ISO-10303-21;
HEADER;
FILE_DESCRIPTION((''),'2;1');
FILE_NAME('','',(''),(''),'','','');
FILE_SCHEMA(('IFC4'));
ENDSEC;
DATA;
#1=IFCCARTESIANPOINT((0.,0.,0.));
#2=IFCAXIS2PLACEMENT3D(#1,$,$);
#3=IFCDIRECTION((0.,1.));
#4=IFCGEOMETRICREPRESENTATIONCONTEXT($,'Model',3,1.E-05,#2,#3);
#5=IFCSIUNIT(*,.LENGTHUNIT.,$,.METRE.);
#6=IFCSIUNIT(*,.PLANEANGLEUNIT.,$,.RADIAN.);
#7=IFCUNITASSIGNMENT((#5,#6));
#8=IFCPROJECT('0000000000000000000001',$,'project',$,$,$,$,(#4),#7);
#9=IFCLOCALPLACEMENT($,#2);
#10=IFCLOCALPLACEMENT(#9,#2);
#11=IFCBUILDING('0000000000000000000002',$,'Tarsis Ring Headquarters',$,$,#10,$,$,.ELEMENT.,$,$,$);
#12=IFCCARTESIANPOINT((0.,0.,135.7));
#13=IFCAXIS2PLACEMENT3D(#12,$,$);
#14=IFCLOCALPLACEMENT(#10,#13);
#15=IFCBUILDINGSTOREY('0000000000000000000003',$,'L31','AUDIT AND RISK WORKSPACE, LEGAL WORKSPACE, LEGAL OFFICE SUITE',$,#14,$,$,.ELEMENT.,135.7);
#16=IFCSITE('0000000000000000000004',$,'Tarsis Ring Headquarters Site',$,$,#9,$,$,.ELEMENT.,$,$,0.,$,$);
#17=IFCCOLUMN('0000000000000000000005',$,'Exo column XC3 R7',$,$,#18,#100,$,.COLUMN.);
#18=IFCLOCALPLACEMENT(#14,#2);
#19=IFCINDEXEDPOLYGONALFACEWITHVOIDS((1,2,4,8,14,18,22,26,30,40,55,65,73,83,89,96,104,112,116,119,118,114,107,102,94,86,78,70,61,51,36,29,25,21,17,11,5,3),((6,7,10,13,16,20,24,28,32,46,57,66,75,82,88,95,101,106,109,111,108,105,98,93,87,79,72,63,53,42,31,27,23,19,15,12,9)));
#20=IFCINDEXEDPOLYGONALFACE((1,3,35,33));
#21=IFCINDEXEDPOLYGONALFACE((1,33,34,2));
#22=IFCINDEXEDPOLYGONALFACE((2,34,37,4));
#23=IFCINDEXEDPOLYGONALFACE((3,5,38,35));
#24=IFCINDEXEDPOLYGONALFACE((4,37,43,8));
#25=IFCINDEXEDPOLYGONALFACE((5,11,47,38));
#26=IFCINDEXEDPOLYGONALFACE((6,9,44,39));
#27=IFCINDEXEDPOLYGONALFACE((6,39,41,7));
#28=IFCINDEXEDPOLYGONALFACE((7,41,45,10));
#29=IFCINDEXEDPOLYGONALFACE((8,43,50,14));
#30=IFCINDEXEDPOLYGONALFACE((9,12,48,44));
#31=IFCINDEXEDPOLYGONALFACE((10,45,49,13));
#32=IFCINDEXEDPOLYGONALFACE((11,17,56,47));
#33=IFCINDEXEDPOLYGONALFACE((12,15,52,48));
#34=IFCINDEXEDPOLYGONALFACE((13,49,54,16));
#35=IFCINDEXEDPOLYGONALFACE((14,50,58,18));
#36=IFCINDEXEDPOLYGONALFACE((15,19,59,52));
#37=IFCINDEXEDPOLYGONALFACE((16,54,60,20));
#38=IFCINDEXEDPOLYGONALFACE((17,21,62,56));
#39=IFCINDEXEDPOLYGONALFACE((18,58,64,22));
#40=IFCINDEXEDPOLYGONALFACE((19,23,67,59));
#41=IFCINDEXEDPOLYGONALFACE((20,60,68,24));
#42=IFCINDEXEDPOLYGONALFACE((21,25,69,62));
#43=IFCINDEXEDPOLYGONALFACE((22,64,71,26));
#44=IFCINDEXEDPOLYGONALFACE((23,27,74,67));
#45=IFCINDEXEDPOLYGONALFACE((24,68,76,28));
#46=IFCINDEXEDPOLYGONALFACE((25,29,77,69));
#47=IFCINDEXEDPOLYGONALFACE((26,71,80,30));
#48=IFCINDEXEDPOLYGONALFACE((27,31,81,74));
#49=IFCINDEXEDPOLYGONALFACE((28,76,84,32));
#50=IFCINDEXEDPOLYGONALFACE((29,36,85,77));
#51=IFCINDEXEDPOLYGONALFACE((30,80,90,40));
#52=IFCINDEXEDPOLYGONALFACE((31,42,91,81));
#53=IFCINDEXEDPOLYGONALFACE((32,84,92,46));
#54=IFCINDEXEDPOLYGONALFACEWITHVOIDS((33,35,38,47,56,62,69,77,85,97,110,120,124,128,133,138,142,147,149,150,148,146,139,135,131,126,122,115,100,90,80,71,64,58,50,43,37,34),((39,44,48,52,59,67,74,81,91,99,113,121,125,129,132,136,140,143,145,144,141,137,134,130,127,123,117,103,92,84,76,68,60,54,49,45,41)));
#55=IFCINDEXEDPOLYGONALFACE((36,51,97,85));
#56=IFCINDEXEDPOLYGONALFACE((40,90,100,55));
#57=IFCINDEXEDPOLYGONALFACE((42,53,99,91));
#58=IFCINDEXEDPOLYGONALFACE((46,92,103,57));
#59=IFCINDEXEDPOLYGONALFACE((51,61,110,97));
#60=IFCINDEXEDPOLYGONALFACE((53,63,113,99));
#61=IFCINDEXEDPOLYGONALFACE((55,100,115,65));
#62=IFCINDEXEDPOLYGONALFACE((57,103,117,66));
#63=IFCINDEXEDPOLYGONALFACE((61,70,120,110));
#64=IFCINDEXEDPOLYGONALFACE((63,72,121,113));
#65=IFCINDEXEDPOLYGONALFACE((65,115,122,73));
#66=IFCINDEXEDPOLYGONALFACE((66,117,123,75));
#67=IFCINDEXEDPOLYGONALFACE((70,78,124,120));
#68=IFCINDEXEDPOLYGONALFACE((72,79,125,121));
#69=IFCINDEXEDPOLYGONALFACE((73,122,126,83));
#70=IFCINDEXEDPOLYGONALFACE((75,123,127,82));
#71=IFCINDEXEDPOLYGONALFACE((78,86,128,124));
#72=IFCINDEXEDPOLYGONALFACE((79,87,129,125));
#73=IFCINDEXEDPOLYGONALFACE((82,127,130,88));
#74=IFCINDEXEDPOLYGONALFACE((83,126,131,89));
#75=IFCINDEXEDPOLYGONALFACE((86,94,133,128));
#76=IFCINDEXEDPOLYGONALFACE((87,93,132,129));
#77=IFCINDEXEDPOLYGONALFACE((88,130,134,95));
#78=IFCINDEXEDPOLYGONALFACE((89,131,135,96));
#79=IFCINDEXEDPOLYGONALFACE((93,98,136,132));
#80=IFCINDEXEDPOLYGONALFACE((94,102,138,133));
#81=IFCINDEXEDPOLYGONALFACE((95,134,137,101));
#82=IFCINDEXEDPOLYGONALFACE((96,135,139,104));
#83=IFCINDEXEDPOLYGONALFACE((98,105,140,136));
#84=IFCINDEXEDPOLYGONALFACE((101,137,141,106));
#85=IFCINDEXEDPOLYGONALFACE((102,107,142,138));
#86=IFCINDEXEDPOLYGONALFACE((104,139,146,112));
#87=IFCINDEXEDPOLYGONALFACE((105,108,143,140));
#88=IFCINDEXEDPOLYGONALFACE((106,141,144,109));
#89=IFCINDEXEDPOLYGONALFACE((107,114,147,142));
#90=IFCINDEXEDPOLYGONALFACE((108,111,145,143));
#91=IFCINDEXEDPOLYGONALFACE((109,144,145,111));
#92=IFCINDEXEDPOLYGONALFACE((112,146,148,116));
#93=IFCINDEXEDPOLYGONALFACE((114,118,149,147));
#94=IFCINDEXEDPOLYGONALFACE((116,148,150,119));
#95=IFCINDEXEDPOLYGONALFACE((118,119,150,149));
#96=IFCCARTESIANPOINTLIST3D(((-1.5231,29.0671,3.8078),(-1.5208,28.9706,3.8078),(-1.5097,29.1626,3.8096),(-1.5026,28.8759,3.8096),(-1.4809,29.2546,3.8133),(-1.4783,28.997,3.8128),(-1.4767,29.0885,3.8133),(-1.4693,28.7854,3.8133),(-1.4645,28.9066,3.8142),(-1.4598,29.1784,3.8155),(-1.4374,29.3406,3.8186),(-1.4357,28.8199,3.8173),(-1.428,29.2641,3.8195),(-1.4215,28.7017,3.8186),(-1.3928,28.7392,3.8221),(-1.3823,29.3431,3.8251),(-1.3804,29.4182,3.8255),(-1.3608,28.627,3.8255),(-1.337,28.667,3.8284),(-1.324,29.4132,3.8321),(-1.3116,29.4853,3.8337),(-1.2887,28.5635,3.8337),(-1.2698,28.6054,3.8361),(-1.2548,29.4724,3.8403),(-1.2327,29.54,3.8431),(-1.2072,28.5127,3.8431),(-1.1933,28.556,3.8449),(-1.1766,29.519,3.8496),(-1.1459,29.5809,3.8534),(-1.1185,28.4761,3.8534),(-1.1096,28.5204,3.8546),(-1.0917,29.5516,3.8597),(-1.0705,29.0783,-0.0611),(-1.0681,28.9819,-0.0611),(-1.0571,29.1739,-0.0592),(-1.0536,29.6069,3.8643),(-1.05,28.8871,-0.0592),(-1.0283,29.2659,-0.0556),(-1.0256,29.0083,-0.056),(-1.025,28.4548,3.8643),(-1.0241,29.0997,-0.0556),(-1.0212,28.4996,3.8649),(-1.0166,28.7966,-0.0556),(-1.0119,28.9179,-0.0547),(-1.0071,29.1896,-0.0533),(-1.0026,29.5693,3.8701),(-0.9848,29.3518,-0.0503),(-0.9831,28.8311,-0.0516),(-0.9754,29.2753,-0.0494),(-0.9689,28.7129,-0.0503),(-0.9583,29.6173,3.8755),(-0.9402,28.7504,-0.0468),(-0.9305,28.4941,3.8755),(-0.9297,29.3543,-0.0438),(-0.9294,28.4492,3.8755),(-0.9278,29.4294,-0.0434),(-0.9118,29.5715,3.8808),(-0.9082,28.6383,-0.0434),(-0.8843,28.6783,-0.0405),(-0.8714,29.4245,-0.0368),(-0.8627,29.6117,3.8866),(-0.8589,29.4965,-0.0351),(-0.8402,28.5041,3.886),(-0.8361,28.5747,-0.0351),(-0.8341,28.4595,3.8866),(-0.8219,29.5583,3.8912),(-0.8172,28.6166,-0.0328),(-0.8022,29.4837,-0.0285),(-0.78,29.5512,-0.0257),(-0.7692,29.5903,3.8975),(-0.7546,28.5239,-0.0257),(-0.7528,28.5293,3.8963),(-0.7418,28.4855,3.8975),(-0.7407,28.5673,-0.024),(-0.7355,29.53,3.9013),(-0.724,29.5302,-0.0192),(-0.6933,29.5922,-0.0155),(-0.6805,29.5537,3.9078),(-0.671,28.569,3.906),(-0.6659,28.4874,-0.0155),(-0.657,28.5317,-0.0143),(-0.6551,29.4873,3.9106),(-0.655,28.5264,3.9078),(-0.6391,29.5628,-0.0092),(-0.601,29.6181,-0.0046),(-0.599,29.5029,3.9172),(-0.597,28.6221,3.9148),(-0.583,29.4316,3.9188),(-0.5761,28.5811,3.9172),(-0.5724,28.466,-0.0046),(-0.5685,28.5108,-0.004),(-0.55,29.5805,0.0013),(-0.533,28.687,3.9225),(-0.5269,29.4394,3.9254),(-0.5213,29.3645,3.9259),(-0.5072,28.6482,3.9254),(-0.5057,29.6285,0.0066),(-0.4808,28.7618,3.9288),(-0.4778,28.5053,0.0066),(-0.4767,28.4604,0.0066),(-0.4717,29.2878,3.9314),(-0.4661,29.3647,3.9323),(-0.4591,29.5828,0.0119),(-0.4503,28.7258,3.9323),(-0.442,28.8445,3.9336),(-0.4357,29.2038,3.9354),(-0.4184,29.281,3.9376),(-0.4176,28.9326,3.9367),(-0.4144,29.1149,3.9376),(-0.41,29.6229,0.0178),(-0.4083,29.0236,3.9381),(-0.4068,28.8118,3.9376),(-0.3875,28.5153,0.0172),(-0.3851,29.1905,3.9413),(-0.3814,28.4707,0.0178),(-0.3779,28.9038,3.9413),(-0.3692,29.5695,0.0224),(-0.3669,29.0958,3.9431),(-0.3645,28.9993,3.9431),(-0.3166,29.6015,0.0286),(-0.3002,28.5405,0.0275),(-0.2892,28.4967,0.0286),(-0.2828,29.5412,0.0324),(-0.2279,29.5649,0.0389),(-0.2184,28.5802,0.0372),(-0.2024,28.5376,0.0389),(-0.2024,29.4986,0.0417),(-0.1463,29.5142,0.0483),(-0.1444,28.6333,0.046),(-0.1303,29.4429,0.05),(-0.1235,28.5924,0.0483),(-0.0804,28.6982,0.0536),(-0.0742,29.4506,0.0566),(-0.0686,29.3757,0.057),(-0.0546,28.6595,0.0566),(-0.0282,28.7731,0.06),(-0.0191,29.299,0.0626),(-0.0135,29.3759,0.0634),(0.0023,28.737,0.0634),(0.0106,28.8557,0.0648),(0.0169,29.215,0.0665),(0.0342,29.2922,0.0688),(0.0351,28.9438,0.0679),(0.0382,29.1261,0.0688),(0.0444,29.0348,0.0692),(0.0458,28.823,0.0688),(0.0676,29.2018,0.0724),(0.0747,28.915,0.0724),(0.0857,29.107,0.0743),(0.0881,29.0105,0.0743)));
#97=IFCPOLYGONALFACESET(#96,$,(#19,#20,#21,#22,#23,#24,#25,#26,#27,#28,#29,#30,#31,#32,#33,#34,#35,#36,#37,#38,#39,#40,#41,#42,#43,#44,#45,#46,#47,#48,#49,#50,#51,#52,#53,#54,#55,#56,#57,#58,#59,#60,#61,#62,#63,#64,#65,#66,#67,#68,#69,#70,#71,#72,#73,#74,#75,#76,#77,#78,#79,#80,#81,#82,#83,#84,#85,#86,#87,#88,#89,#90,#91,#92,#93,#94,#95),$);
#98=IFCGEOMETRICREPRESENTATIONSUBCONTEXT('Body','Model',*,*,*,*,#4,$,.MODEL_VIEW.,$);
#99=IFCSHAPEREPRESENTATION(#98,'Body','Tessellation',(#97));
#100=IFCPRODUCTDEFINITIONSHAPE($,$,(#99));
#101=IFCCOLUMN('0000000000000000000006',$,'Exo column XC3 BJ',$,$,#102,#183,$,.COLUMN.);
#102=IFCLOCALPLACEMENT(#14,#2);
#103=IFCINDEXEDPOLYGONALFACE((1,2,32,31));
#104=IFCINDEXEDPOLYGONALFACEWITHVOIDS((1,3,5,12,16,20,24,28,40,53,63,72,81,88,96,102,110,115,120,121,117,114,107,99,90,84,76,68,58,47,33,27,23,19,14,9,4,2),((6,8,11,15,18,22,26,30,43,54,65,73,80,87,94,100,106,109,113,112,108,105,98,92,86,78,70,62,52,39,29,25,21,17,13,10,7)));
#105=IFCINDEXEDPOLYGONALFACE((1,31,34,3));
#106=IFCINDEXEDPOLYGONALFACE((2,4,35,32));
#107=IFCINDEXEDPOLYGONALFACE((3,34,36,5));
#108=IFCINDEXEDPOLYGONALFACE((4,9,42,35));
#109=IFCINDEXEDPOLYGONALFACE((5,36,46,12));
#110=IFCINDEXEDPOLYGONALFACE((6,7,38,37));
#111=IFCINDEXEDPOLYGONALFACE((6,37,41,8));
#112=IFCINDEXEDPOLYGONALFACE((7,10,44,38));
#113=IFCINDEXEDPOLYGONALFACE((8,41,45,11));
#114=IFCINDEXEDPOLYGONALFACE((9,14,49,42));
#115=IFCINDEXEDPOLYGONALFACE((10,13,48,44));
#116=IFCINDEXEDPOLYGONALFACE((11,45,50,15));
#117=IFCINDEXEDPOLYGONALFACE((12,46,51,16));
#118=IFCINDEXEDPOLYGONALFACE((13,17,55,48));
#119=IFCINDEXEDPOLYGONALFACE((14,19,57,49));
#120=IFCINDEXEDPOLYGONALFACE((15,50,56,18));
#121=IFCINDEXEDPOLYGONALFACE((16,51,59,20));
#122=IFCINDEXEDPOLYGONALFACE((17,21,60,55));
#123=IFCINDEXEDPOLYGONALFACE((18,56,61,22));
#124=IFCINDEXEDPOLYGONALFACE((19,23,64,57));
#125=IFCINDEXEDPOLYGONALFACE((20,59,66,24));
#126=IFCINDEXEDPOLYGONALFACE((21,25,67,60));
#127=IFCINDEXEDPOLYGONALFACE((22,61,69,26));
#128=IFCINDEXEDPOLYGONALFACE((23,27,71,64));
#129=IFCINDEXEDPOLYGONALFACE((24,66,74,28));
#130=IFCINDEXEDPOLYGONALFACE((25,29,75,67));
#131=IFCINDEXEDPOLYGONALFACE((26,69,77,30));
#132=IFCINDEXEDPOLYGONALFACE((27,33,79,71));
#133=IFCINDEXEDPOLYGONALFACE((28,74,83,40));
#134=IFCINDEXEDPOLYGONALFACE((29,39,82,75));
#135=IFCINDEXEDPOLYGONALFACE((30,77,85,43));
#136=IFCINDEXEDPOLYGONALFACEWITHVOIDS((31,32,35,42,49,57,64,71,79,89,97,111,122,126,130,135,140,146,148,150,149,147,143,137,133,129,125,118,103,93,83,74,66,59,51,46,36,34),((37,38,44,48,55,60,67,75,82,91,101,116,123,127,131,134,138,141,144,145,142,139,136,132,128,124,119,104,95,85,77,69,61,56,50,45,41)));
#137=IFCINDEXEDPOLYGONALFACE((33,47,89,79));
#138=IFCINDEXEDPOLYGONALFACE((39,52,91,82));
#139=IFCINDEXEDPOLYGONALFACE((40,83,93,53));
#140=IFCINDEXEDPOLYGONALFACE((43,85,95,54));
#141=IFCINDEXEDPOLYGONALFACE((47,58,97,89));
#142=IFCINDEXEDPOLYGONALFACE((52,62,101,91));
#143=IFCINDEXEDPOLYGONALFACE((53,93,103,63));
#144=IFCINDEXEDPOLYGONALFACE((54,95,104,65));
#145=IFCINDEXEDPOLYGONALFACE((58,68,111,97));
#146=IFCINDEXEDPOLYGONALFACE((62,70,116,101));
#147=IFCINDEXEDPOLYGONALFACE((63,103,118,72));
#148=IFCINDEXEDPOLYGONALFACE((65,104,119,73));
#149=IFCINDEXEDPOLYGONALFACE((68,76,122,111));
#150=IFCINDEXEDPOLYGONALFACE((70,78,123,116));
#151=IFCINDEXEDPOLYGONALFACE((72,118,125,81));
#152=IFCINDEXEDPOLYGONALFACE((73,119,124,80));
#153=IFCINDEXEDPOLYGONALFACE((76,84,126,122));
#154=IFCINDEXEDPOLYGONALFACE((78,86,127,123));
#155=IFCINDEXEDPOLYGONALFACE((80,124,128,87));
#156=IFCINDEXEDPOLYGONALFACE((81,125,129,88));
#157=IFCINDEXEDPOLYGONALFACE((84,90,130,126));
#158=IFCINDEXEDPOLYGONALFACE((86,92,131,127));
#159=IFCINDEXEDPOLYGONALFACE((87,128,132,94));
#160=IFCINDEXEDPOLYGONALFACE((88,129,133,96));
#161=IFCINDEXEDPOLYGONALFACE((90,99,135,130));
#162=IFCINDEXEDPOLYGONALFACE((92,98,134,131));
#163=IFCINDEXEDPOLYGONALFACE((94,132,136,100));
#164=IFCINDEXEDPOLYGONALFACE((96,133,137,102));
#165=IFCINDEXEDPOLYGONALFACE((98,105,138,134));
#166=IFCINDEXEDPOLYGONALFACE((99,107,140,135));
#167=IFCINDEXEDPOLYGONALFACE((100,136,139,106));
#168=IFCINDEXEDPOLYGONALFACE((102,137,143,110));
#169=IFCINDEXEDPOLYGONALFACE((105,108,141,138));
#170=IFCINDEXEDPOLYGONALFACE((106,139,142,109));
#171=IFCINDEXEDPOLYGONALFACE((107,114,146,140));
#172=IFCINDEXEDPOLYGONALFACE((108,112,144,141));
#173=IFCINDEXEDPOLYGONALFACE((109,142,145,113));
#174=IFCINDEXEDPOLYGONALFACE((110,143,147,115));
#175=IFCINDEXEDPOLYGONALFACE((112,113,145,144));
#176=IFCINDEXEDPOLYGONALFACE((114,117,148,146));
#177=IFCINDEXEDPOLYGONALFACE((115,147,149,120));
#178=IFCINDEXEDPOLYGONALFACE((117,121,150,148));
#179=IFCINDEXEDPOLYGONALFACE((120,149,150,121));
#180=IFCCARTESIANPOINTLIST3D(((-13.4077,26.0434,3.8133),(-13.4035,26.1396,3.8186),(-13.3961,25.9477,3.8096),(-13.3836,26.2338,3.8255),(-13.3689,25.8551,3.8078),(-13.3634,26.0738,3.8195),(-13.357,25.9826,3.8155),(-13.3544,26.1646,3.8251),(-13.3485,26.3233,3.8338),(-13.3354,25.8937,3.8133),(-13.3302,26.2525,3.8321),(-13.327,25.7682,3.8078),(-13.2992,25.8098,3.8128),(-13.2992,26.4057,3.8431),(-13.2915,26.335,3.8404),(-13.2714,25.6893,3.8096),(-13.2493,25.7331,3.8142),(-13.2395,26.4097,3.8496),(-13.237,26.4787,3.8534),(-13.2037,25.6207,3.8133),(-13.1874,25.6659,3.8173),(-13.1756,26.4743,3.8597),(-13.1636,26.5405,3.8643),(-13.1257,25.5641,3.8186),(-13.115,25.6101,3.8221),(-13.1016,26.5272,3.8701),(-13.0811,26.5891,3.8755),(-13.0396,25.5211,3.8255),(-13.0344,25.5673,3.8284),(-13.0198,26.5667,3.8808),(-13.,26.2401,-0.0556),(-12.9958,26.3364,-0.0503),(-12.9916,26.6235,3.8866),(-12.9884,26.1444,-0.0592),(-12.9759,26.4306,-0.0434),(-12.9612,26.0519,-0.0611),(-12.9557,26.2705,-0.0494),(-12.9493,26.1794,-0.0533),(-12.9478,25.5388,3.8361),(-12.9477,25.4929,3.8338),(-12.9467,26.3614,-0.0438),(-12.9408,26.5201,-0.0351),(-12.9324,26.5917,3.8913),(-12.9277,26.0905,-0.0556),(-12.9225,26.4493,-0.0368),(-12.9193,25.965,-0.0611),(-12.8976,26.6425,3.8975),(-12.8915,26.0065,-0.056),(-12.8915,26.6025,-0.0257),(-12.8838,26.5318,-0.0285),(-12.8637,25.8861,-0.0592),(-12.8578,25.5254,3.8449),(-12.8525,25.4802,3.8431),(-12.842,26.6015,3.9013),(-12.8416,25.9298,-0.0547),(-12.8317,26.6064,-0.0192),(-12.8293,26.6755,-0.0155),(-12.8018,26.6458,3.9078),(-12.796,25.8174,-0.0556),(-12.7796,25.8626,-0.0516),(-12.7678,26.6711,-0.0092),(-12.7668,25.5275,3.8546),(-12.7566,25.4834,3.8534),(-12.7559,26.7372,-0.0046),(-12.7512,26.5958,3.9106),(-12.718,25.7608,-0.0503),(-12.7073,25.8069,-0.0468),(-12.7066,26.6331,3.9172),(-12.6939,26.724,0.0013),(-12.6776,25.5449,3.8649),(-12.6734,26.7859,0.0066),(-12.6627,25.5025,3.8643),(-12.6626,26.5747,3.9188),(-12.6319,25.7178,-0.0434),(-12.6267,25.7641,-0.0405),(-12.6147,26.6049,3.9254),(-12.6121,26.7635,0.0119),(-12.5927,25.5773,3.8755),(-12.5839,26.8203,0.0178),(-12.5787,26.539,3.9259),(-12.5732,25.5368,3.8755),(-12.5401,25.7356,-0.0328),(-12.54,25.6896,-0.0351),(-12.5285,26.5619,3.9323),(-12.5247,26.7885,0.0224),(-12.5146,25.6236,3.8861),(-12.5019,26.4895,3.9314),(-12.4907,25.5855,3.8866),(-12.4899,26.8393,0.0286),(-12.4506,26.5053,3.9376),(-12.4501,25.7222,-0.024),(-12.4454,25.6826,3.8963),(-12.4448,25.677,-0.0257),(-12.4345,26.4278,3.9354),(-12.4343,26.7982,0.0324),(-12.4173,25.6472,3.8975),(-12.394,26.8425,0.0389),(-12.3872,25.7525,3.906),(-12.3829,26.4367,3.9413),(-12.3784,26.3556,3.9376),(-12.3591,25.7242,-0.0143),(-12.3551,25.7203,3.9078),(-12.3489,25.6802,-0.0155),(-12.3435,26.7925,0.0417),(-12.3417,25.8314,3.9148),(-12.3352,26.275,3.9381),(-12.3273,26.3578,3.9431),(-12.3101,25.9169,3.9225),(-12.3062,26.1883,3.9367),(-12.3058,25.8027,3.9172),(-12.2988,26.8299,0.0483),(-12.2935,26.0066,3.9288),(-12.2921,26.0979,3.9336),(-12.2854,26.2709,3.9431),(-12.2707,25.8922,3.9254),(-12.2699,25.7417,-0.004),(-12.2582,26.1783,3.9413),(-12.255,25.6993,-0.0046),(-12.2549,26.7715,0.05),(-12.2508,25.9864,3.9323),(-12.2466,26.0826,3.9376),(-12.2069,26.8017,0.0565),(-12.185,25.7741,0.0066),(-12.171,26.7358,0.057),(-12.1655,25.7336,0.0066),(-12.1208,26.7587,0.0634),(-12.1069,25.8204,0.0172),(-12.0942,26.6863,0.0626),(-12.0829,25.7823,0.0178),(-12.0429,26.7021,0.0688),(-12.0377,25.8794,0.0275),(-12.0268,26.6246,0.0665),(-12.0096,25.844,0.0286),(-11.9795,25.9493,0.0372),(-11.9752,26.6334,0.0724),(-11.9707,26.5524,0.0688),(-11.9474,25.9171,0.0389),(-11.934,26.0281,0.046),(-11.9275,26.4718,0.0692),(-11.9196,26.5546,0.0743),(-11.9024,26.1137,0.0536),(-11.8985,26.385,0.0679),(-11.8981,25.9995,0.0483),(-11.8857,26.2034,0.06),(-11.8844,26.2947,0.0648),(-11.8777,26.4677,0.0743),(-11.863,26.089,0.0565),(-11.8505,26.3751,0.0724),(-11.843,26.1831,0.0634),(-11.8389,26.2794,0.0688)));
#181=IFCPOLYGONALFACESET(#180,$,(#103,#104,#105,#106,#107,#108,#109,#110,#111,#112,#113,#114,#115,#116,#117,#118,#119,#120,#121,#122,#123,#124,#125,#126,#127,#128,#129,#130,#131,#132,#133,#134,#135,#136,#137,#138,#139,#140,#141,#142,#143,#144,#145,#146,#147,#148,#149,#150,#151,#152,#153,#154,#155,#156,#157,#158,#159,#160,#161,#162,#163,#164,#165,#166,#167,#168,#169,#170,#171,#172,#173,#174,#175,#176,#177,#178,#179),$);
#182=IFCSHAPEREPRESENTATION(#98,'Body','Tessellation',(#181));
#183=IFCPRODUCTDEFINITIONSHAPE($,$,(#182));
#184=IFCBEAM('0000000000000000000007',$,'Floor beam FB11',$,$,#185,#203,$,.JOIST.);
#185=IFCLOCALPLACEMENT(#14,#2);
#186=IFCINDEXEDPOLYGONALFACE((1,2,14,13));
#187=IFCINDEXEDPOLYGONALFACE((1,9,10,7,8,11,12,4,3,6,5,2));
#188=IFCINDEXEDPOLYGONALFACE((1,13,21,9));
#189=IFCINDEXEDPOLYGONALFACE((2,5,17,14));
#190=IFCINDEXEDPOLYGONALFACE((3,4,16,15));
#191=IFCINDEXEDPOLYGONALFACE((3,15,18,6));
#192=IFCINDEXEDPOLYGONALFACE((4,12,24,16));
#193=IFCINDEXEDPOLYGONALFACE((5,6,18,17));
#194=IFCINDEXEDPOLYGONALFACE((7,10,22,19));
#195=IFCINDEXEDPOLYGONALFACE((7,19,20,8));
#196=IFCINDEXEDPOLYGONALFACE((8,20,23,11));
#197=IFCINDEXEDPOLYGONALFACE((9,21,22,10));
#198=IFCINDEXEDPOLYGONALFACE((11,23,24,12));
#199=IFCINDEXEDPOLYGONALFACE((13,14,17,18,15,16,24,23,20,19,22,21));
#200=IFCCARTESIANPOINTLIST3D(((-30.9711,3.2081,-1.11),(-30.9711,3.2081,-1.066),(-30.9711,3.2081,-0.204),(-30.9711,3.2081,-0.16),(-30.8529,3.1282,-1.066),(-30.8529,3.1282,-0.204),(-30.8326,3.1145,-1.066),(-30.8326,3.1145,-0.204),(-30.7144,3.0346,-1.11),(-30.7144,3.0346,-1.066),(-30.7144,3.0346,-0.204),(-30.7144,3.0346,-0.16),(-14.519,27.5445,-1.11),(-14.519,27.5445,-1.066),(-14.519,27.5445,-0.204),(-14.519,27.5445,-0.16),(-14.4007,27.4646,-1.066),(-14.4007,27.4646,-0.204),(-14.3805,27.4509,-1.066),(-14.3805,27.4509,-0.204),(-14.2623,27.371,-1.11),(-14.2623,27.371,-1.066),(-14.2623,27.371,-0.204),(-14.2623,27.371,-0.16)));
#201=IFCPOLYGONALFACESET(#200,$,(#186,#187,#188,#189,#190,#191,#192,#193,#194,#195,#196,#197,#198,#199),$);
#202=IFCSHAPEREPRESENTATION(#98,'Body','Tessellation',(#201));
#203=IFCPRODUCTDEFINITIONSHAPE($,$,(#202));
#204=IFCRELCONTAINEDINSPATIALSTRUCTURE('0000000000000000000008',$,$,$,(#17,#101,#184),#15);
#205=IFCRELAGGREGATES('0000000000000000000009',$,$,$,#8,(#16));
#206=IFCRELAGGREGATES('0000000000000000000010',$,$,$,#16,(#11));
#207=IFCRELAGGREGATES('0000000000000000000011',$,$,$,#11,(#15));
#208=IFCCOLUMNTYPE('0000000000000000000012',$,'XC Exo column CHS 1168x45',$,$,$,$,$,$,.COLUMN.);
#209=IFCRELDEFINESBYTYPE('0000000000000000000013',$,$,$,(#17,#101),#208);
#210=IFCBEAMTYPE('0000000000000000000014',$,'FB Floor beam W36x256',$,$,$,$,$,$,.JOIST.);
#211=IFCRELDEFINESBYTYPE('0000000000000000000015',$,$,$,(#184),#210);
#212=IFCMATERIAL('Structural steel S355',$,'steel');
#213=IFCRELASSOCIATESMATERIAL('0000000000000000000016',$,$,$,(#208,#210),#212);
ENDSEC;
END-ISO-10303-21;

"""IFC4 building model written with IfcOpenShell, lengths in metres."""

from ifc_helpers import new_model, si_unit, direction, frame, origin, origin_2d, place, context, subcontext, project, spatial, hollow_circle, i_section, extrude, material, material_profile, profile_set, type_object, element, save


model = new_model("IFC4")

# Units and contexts
model_context = context("Model", 3, precision=1e-05, world=origin(), true_north=direction((0.0, 1.0)))
body_context = subcontext(model_context, "Body", "Model", "MODEL_VIEW")
ifc_project = project(units=[si_unit("LENGTHUNIT", "METRE"), si_unit("PLANEANGLEUNIT", "RADIAN")], contexts=[model_context])

# Site, building, storey
site_placement = place(None, origin())
site = spatial("IfcSite", under=ifc_project, at=site_placement, Name="Tarsis Ring Headquarters Site", CompositionType="ELEMENT", RefElevation=0.0)
building_placement = place(site_placement, origin())
building = spatial("IfcBuilding", under=site, at=building_placement, Name="Tarsis Ring Headquarters", CompositionType="ELEMENT")
storey_placement = place(building_placement, frame((0.0, 0.0, 135.7)))
storey = spatial("IfcBuildingStorey", under=building, at=storey_placement, Name="L31", Description="AUDIT AND RISK WORKSPACE, LEGAL WORKSPACE, LEGAL OFFICE SUITE", CompositionType="ELEMENT", Elevation=135.7)

# Columns
ifc_material_1 = material(Name="Structural steel S355", Category="steel")
ifc_material_profile_1 = material_profile(ifc_material_1, hollow_circle(Radius=0.5842, WallThickness=0.0449, at=origin_2d()), Name="CHS 1168x45")
ifc_profile_set_1 = profile_set([ifc_material_profile_1], Name="Structural steel S355")
column_type = type_object("IfcColumnType", Name="XC Exo column CHS 1168x45", PredefinedType="COLUMN", material=ifc_profile_set_1)
for number, where, z_axis, x_axis, name in (
    (1, (-0.4912, 29.0444, 0.0066), (-0.116201, -0.002883, 0.993222), (0.024804, -0.999692, 0.0), "Exo column XC3 R7"),
    (2, (-12.4194, 26.2598, 0.0066), (-0.104669, -0.050517, 0.993223), (0.434659, -0.900595, 0.0), "Exo column XC3 BJ"),
):
    element("IfcColumn", number, at=place(storey_placement, frame(where, z_axis=z_axis, x_axis=x_axis)), inside=storey, type_object=column_type, Name=name, PredefinedType="COLUMN", context=body_context, shape_type="SweptSolid", body=[
        extrude(hollow_circle(Radius=0.5842, WallThickness=0.0449, at=origin_2d()), origin(), (0.0, 0.0, 1.0), 3.8953),
    ])

# Beam
ifc_material_profile_2 = material_profile(ifc_material_1, i_section(OverallWidth=0.3098, OverallDepth=0.95, WebThickness=0.0244, FlangeThickness=0.0439, at=origin_2d()), Name="W36x256")
ifc_profile_set_2 = profile_set([ifc_material_profile_2], Name="Structural steel S355")
beam_type_1 = type_object("IfcBeamType", Name="FB Floor beam W36x256", PredefinedType="JOIST", material=ifc_profile_set_2)
beam_1_placement = place(storey_placement, frame((-14.3906, 27.4578, -0.635), z_axis=(-0.560059, -0.828453, 0.0), x_axis=(0.828453, -0.560059, 0.0)))
element("IfcBeam", 3, at=beam_1_placement, inside=storey, type_object=beam_type_1, Name="Floor beam FB11", PredefinedType="JOIST", context=body_context, shape_type="SweptSolid", body=[
    extrude(i_section(OverallWidth=0.3098, OverallDepth=0.95, WebThickness=0.0244, FlangeThickness=0.0439, at=origin_2d()), origin(), (0.0, 0.0, 1.0), 29.3757),
])

save(model, "model.ifc")
